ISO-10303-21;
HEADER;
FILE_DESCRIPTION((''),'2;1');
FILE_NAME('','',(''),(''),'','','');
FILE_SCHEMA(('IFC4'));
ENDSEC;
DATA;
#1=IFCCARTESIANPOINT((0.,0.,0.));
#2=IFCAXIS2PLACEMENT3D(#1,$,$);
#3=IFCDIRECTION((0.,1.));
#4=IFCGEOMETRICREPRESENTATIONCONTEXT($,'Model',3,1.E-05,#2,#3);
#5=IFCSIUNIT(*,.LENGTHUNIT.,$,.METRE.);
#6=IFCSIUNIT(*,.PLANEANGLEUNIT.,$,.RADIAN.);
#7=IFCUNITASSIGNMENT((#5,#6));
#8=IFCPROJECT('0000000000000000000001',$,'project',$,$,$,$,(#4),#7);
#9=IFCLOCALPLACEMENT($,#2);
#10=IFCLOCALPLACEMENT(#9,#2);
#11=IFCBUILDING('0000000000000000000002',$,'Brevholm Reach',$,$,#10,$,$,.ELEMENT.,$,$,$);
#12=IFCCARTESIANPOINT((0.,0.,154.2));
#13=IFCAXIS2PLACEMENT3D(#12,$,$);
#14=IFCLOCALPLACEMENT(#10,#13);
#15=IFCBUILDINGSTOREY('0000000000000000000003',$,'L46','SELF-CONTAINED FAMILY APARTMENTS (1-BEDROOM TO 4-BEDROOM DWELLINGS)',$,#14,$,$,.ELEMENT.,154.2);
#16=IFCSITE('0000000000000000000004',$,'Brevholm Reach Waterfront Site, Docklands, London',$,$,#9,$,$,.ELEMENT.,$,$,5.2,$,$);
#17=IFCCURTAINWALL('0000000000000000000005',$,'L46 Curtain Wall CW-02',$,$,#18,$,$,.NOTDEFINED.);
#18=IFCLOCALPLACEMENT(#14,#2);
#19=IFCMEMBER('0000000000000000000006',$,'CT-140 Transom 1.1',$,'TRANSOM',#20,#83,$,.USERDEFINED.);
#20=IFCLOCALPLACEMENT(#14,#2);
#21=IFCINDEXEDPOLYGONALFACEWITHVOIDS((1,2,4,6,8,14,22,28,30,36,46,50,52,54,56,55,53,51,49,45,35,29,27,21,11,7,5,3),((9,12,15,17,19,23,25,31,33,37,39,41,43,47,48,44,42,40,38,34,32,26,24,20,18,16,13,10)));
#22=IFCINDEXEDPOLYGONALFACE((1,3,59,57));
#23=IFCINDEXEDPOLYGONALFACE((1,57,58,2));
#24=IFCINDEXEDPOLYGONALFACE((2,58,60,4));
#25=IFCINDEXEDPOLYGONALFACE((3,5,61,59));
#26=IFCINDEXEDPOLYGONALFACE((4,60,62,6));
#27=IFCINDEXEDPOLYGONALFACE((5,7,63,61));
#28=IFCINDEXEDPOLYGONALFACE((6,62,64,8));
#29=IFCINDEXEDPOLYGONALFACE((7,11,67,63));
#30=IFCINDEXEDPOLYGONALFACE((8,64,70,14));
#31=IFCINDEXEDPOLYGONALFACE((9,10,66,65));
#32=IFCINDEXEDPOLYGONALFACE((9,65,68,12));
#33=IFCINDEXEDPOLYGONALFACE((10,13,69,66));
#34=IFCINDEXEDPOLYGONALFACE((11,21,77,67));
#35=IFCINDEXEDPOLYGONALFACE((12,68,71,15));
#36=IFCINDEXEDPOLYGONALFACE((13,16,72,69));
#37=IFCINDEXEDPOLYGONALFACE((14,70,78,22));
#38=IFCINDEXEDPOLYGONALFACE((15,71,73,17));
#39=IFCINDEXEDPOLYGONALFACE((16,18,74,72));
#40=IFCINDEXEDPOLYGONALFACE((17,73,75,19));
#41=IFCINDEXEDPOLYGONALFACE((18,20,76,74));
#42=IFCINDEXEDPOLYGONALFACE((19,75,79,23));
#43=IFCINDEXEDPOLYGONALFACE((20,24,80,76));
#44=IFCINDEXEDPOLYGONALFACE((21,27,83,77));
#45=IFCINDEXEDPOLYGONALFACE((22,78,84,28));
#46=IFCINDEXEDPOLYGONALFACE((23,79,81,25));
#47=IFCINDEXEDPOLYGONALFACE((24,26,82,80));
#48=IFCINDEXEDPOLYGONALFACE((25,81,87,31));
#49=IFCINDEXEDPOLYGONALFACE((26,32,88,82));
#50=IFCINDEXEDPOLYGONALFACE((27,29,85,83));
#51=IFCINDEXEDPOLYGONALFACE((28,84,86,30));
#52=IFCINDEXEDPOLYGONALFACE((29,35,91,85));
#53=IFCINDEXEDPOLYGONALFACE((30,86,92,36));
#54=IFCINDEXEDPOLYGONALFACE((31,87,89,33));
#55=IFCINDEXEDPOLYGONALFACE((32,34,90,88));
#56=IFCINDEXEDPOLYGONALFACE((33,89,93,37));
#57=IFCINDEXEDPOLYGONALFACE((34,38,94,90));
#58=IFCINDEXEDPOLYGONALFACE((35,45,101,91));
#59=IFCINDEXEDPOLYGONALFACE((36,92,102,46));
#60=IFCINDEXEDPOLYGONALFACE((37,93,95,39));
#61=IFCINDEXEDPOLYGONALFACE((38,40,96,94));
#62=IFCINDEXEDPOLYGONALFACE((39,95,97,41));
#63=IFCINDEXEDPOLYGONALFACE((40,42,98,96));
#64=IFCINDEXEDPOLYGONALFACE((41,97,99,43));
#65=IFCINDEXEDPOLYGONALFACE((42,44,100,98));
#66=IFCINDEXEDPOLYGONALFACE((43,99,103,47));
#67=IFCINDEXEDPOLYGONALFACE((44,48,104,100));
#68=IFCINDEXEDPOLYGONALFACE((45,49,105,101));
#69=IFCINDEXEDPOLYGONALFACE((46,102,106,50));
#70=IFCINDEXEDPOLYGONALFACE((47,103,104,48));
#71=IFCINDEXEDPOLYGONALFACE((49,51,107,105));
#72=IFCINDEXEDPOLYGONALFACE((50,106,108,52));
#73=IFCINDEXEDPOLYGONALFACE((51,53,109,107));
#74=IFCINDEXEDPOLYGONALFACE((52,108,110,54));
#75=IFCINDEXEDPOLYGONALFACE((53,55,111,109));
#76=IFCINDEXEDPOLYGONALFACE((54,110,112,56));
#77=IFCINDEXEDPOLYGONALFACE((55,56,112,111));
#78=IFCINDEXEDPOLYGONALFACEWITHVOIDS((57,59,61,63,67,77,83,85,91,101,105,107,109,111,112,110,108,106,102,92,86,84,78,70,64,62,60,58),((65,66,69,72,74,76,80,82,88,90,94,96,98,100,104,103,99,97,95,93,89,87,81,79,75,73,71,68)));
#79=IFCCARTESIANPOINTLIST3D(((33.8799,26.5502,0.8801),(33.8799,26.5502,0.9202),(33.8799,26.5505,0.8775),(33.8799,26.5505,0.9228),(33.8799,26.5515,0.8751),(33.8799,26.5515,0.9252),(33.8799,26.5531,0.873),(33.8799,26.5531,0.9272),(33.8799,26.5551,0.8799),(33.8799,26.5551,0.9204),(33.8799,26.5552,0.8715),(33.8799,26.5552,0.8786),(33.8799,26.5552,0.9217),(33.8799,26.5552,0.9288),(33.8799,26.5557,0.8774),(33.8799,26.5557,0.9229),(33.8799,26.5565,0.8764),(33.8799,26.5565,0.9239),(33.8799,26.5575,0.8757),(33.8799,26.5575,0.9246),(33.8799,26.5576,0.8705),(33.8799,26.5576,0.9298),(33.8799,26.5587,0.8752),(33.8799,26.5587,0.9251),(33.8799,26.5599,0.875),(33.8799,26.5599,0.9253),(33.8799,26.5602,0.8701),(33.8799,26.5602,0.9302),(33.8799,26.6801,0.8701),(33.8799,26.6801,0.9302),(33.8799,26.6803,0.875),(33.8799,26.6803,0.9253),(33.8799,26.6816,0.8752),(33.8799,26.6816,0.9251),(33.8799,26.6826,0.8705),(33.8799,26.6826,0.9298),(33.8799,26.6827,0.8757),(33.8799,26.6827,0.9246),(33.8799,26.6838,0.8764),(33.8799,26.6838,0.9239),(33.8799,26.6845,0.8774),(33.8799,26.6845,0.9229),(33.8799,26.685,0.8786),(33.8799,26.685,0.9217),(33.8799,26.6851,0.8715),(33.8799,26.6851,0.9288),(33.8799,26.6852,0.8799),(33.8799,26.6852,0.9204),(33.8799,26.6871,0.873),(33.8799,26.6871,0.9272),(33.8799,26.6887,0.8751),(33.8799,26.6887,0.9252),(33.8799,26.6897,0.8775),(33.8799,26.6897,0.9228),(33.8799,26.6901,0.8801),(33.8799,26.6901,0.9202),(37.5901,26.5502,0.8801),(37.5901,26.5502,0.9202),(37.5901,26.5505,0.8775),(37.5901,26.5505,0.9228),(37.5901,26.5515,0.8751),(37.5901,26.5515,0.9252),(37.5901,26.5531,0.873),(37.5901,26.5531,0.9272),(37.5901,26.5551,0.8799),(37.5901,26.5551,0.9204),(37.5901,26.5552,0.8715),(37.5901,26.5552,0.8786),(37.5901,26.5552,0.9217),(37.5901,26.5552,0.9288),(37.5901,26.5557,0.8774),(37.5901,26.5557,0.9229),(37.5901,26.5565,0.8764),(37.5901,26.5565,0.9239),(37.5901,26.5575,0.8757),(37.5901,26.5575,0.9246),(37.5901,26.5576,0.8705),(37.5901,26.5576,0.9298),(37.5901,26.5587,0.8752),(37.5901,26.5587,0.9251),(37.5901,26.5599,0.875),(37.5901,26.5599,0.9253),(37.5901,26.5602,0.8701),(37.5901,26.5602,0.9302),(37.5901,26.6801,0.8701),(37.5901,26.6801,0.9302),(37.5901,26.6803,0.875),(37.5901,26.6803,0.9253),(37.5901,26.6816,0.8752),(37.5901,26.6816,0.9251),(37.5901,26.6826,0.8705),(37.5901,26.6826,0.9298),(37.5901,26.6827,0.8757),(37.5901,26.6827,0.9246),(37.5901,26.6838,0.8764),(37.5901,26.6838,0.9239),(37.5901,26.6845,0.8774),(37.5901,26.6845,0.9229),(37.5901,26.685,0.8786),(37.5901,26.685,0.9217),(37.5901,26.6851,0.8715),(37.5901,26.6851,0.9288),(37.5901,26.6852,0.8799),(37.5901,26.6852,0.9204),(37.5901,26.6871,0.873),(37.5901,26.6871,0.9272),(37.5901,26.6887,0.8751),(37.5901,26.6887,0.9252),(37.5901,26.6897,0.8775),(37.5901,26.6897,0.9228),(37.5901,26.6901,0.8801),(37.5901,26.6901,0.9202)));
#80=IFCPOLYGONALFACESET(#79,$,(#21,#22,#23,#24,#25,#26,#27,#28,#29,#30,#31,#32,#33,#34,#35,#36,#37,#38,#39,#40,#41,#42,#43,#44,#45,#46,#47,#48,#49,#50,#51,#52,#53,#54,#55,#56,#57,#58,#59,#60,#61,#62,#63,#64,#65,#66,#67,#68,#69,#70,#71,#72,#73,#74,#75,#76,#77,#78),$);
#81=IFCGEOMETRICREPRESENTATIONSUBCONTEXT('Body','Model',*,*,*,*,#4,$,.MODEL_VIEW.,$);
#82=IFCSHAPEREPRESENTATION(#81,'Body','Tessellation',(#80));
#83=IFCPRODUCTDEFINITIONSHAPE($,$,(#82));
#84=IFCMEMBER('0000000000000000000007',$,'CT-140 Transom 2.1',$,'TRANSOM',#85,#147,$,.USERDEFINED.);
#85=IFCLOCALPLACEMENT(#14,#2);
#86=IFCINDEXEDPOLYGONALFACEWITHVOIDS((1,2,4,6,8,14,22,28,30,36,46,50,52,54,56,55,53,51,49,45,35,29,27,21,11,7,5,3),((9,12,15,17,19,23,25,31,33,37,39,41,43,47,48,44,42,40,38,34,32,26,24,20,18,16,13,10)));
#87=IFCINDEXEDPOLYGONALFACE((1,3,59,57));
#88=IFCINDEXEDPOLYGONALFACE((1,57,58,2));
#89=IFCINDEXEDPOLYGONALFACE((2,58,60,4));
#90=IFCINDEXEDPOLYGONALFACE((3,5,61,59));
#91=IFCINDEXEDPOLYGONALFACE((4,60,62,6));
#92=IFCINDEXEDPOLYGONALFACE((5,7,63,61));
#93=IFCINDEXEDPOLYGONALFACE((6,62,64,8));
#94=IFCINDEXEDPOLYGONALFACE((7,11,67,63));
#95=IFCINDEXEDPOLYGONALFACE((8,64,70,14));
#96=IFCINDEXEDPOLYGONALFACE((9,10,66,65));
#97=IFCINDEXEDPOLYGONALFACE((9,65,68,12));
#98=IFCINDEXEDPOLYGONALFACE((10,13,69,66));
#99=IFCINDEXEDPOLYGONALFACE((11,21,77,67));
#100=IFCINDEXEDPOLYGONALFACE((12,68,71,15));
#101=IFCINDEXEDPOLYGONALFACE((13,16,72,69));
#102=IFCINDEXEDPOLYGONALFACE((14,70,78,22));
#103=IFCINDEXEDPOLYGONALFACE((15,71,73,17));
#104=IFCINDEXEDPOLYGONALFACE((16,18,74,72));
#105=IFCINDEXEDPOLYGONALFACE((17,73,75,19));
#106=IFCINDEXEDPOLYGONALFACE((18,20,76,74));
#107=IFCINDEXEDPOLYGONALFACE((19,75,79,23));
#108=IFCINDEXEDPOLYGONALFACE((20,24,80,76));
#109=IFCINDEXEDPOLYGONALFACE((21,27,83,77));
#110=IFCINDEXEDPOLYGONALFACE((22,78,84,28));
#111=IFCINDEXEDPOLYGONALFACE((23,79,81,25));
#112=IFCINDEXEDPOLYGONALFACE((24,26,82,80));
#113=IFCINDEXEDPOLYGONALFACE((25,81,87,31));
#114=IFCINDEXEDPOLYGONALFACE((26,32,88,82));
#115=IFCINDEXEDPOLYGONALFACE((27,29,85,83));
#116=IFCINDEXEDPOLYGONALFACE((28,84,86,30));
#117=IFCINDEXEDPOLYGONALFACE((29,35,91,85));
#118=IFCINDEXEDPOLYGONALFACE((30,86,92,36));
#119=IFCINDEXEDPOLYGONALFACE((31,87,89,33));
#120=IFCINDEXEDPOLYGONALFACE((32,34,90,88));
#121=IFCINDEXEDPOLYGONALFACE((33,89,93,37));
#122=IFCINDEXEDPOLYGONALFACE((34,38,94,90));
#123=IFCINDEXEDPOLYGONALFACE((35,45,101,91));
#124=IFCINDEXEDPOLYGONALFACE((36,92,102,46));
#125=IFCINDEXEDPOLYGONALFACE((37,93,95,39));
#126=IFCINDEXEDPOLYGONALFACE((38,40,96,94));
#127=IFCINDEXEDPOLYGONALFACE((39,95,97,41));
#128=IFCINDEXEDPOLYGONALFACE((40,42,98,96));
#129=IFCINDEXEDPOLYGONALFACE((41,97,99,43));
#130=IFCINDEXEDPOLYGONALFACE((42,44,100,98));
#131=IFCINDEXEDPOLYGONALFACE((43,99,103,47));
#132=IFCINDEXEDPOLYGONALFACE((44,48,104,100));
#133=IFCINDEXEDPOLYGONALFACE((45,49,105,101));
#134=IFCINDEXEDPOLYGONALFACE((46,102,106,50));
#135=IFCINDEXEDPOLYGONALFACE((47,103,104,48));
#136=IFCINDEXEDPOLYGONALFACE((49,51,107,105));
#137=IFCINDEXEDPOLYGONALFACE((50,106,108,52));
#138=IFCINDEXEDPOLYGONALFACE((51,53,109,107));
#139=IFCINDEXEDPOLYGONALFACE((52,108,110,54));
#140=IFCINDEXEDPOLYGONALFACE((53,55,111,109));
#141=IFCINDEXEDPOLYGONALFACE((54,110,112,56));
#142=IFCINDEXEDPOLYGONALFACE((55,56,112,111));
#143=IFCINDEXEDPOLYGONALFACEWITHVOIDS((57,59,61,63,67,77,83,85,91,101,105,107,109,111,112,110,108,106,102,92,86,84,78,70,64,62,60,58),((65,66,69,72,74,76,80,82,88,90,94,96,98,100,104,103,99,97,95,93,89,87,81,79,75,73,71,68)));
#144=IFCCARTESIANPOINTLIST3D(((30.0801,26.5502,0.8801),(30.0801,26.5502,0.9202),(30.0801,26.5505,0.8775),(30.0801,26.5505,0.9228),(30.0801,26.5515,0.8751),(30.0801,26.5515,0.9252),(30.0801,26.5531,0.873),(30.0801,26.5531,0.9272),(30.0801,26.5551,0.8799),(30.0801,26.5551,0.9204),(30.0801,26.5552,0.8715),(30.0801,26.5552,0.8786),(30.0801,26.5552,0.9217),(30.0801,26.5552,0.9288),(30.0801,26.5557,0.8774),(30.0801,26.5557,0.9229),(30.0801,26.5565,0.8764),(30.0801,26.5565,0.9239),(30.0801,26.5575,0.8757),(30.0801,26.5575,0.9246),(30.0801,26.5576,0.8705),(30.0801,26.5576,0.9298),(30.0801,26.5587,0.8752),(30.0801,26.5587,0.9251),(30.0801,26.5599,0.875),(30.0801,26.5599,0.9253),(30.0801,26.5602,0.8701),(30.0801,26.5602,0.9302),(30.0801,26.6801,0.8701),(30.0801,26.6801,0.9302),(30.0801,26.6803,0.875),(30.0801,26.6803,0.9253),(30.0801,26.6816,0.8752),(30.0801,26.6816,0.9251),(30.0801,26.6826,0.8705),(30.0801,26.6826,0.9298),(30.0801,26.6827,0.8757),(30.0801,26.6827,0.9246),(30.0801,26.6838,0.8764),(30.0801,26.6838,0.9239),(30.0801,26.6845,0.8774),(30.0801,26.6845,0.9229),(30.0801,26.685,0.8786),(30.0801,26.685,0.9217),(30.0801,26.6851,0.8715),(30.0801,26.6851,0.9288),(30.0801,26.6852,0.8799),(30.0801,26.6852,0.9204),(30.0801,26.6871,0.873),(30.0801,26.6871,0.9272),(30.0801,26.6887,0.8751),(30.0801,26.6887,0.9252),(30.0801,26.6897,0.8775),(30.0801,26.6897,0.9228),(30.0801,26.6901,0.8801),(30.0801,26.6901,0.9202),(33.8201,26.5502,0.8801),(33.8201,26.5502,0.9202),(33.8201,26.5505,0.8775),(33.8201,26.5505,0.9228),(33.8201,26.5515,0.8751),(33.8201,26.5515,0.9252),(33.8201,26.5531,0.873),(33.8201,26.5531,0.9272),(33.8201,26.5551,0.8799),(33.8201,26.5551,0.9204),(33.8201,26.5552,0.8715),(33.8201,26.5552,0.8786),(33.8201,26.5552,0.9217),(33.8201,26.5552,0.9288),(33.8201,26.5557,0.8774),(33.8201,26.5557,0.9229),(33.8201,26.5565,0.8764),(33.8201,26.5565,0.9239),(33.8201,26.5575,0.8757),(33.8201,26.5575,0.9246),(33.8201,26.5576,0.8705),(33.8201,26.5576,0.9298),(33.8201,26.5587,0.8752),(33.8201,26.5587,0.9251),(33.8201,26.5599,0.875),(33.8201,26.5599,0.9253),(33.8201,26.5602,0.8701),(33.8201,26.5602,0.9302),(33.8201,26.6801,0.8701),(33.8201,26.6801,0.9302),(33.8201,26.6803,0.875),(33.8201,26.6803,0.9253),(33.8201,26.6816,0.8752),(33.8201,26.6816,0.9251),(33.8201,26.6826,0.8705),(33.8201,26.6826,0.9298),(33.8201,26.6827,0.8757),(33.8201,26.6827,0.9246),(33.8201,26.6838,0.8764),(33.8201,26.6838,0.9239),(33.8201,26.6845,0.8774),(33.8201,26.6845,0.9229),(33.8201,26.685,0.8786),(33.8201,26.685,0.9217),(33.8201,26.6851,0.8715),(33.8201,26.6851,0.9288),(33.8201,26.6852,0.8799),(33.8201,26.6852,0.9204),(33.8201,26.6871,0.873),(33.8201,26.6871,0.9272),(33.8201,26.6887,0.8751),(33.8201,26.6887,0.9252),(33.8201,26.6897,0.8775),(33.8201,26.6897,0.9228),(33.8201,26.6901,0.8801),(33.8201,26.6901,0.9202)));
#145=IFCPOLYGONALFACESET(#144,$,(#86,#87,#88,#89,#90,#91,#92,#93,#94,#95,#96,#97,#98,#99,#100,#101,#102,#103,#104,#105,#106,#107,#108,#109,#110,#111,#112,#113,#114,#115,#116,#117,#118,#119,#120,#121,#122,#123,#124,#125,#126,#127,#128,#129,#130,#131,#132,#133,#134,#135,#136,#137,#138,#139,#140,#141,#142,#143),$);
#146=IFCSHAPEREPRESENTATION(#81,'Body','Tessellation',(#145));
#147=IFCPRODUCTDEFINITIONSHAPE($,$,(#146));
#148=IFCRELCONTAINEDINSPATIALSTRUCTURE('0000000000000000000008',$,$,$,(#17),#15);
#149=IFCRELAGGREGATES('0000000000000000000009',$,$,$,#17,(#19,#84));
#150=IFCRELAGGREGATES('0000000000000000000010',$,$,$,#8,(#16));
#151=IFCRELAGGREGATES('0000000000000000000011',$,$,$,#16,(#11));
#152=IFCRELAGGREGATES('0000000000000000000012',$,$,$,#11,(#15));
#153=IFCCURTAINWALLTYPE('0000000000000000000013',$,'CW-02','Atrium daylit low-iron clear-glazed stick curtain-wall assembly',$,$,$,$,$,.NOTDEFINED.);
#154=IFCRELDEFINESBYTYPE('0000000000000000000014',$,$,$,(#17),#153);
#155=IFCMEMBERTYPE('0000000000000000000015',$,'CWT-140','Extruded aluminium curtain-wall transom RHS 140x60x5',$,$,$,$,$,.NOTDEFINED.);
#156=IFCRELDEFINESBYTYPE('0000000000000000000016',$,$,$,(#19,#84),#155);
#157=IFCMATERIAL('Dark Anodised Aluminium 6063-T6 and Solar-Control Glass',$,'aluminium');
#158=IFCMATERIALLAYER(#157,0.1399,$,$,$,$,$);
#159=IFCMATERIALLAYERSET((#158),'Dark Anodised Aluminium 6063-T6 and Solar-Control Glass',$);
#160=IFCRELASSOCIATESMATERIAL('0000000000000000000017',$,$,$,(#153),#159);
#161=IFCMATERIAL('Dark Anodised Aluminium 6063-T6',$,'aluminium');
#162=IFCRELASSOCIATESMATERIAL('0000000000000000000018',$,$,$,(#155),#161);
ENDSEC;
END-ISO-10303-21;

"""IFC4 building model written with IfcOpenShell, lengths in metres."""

from ifc_helpers import new_model, si_unit, direction, frame, origin, origin_2d, place, context, subcontext, project, spatial, hollow_rectangle, extrude, material, layer, layer_set, material_profile, profile_set, type_object, element, aggregate, save


model = new_model("IFC4")

# Units and contexts
model_context = context("Model", 3, precision=1e-05, world=origin(), true_north=direction((0.0, 1.0)))
body_context = subcontext(model_context, "Body", "Model", "MODEL_VIEW")
ifc_project = project(units=[si_unit("LENGTHUNIT", "METRE"), si_unit("PLANEANGLEUNIT", "RADIAN")], contexts=[model_context])

# Site, building, storey
site_placement = place(None, origin())
site = spatial("IfcSite", under=ifc_project, at=site_placement, Name="Brevholm Reach Waterfront Site, Docklands, London", CompositionType="ELEMENT", RefElevation=5.2)
building_placement = place(site_placement, origin())
building = spatial("IfcBuilding", under=site, at=building_placement, Name="Brevholm Reach", CompositionType="ELEMENT")
storey_placement = place(building_placement, frame((0.0, 0.0, 154.2)))
storey = spatial("IfcBuildingStorey", under=building, at=storey_placement, Name="L46", Description="SELF-CONTAINED FAMILY APARTMENTS (1-BEDROOM TO 4-BEDROOM DWELLINGS)", CompositionType="ELEMENT", Elevation=154.2)

# Shared definitions
ifc_material_1 = material(Name="Dark Anodised Aluminium 6063-T6 and Solar-Control Glass", Category="aluminium")
ifc_layer_1 = layer(ifc_material_1, 0.1399)
ifc_layer_set_1 = layer_set([ifc_layer_1], Name="Dark Anodised Aluminium 6063-T6 and Solar-Control Glass")
curtain_wall_type_1 = type_object("IfcCurtainWallType", Name="CW-02", Description="Atrium daylit low-iron clear-glazed stick curtain-wall assembly", PredefinedType="NOTDEFINED", material=ifc_layer_set_1)

# Curtain wall
curtain_wall_1_placement = place(storey_placement, origin())
curtain_wall_1 = element("IfcCurtainWall", 1, at=curtain_wall_1_placement, inside=storey, type_object=curtain_wall_type_1, Name="L46 Curtain Wall CW-02", PredefinedType="NOTDEFINED")

# Members
ifc_material_2 = material(Name="Dark Anodised Aluminium 6063-T6", Category="aluminium")
ifc_material_profile_1 = material_profile(ifc_material_2, hollow_rectangle(XDim=0.0601, YDim=0.1399, WallThickness=0.0049, InnerFilletRadius=0.0049, OuterFilletRadius=0.01, at=origin_2d()), Name="RHS 140x60x5")
ifc_profile_set_1 = profile_set([ifc_material_profile_1], Name="Dark Anodised Aluminium 6063-T6")
member_type_1 = type_object("IfcMemberType", Name="CWT-140", Description="Extruded aluminium curtain-wall transom RHS 140x60x5", PredefinedType="NOTDEFINED", material=ifc_profile_set_1)
member_1_placement = place(storey_placement, frame((37.5901, 26.6201, 0.9001), z_axis=(-1.0, 0.0, 0.0), x_axis=(0.0, 0.0, 1.0)))
member_1 = element("IfcMember", 2, at=member_1_placement, type_object=member_type_1, Name="CT-140 Transom 1.1", ObjectType="TRANSOM", PredefinedType="USERDEFINED", context=body_context, shape_type="SweptSolid", body=[
    extrude(hollow_rectangle(XDim=0.0601, YDim=0.1399, WallThickness=0.0049, InnerFilletRadius=0.0049, OuterFilletRadius=0.01, at=origin_2d()), origin(), (0.0, 0.0, 1.0), 3.7102),
])
member_2_placement = place(storey_placement, frame((33.8201, 26.6201, 0.9001), z_axis=(-1.0, 0.0, 0.0), x_axis=(0.0, 0.0, 1.0)))
member_2 = element("IfcMember", 3, at=member_2_placement, type_object=member_type_1, Name="CT-140 Transom 2.1", ObjectType="TRANSOM", PredefinedType="USERDEFINED", context=body_context, shape_type="SweptSolid", body=[
    extrude(hollow_rectangle(XDim=0.0601, YDim=0.1399, WallThickness=0.0049, InnerFilletRadius=0.0049, OuterFilletRadius=0.01, at=origin_2d()), origin(), (0.0, 0.0, 1.0), 3.74),
])

aggregate(curtain_wall_1, [member_1, member_2])

save(model, "model.ifc")
